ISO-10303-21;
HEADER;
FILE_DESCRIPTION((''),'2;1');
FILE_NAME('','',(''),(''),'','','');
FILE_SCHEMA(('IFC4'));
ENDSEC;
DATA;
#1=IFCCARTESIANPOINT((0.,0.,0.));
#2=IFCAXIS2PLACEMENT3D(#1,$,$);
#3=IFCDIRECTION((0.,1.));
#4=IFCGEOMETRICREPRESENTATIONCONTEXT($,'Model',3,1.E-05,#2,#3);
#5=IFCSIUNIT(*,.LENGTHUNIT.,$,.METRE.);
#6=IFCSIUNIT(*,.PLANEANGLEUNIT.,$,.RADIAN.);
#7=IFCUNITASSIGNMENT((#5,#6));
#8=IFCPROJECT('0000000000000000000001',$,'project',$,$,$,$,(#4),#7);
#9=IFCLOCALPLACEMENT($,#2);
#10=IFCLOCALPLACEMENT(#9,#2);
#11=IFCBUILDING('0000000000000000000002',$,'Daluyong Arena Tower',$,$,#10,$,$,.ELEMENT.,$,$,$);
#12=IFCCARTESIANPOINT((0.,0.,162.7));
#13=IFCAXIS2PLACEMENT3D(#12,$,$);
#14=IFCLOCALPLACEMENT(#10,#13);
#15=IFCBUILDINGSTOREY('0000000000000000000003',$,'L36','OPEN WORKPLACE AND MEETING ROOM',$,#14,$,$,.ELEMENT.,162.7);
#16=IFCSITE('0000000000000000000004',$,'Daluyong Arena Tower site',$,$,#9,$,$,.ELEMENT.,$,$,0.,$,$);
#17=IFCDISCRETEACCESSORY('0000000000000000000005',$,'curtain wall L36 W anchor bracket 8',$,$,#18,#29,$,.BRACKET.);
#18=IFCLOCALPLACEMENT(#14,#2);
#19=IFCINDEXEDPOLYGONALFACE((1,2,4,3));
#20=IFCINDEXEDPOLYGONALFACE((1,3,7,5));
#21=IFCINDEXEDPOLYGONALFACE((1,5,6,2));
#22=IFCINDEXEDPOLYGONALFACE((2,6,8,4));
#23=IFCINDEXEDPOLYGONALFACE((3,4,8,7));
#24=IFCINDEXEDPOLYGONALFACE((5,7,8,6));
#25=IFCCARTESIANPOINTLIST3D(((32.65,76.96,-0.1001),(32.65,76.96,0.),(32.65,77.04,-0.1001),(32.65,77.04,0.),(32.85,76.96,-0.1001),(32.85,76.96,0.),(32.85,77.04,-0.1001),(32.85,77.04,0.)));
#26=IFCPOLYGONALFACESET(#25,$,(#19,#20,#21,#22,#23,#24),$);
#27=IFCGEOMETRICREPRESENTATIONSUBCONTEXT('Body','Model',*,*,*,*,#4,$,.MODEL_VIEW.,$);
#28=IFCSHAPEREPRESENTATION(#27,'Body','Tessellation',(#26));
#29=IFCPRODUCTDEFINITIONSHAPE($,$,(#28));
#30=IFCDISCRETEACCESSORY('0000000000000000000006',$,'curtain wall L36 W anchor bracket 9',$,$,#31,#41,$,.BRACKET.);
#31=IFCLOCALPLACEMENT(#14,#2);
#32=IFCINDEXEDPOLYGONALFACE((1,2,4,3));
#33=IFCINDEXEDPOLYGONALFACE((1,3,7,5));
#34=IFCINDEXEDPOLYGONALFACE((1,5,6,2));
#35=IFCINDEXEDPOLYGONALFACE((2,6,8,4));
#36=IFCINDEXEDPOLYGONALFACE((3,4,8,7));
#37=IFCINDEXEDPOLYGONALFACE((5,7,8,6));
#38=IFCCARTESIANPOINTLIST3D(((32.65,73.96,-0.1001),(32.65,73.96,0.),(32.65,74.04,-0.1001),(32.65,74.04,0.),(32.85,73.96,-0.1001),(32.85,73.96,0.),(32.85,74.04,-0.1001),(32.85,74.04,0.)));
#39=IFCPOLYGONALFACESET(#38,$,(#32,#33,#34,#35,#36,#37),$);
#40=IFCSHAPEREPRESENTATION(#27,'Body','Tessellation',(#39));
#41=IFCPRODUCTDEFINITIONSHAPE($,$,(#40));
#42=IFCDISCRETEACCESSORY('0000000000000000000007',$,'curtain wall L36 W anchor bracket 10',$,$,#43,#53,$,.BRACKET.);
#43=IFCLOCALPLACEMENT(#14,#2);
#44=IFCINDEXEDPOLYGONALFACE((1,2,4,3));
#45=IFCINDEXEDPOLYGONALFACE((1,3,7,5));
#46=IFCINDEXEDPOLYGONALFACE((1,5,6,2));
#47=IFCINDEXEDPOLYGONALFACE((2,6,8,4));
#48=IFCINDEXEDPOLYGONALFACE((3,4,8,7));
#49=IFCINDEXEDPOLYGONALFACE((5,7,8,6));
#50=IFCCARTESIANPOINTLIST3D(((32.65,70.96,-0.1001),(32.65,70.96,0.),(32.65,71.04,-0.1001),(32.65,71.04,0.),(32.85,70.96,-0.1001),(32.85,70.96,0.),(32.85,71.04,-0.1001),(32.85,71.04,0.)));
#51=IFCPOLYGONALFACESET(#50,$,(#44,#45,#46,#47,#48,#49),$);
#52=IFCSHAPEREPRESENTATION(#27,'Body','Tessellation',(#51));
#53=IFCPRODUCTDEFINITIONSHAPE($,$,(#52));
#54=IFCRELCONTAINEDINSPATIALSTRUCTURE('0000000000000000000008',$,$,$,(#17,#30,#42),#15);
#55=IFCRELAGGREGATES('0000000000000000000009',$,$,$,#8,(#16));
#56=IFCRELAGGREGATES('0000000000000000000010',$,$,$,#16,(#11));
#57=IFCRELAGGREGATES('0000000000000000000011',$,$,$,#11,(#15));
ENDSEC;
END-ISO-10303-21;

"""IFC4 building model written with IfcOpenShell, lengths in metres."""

from ifc_helpers import new_model, si_unit, direction, frame, origin, origin_2d, place, context, subcontext, project, spatial, rectangle, extrude, element, save


model = new_model("IFC4")

# Units and contexts
model_context = context("Model", 3, precision=1e-05, world=origin(), true_north=direction((0.0, 1.0)))
body_context = subcontext(model_context, "Body", "Model", "MODEL_VIEW")
ifc_project = project(units=[si_unit("LENGTHUNIT", "METRE"), si_unit("PLANEANGLEUNIT", "RADIAN")], contexts=[model_context])

# Site, building, storey
site_placement = place(None, origin())
site = spatial("IfcSite", under=ifc_project, at=site_placement, Name="Daluyong Arena Tower site", CompositionType="ELEMENT", RefElevation=0.0)
building_placement = place(site_placement, origin())
building = spatial("IfcBuilding", under=site, at=building_placement, Name="Daluyong Arena Tower", CompositionType="ELEMENT")
storey_placement = place(building_placement, frame((0.0, 0.0, 162.7)))
storey = spatial("IfcBuildingStorey", under=building, at=storey_placement, Name="L36", Description="OPEN WORKPLACE AND MEETING ROOM", CompositionType="ELEMENT", Elevation=162.7)

# Discrete accessories
for number, where, z_axis, x_axis, name in (
    (1, (32.75, 77.0, -0.1001), (0.0, 0.0, 1.0), (0.0, -1.0, 0.0), "curtain wall L36 W anchor bracket 8"),
    (2, (32.75, 74.0, -0.1001), (0.0, 0.0, 1.0), (0.0, -1.0, 0.0), "curtain wall L36 W anchor bracket 9"),
    (3, (32.75, 71.0, -0.1001), (0.0, 0.0, 1.0), (0.0, -1.0, 0.0), "curtain wall L36 W anchor bracket 10"),
):
    element("IfcDiscreteAccessory", number, at=place(storey_placement, frame(where, z_axis=z_axis, x_axis=x_axis)), inside=storey, Name=name, PredefinedType="BRACKET", context=body_context, shape_type="SweptSolid", body=[
        extrude(rectangle(XDim=0.0801, YDim=0.2, at=origin_2d()), origin(), (0.0, 0.0, 1.0), 0.1001),
    ])

save(model, "model.ifc")
